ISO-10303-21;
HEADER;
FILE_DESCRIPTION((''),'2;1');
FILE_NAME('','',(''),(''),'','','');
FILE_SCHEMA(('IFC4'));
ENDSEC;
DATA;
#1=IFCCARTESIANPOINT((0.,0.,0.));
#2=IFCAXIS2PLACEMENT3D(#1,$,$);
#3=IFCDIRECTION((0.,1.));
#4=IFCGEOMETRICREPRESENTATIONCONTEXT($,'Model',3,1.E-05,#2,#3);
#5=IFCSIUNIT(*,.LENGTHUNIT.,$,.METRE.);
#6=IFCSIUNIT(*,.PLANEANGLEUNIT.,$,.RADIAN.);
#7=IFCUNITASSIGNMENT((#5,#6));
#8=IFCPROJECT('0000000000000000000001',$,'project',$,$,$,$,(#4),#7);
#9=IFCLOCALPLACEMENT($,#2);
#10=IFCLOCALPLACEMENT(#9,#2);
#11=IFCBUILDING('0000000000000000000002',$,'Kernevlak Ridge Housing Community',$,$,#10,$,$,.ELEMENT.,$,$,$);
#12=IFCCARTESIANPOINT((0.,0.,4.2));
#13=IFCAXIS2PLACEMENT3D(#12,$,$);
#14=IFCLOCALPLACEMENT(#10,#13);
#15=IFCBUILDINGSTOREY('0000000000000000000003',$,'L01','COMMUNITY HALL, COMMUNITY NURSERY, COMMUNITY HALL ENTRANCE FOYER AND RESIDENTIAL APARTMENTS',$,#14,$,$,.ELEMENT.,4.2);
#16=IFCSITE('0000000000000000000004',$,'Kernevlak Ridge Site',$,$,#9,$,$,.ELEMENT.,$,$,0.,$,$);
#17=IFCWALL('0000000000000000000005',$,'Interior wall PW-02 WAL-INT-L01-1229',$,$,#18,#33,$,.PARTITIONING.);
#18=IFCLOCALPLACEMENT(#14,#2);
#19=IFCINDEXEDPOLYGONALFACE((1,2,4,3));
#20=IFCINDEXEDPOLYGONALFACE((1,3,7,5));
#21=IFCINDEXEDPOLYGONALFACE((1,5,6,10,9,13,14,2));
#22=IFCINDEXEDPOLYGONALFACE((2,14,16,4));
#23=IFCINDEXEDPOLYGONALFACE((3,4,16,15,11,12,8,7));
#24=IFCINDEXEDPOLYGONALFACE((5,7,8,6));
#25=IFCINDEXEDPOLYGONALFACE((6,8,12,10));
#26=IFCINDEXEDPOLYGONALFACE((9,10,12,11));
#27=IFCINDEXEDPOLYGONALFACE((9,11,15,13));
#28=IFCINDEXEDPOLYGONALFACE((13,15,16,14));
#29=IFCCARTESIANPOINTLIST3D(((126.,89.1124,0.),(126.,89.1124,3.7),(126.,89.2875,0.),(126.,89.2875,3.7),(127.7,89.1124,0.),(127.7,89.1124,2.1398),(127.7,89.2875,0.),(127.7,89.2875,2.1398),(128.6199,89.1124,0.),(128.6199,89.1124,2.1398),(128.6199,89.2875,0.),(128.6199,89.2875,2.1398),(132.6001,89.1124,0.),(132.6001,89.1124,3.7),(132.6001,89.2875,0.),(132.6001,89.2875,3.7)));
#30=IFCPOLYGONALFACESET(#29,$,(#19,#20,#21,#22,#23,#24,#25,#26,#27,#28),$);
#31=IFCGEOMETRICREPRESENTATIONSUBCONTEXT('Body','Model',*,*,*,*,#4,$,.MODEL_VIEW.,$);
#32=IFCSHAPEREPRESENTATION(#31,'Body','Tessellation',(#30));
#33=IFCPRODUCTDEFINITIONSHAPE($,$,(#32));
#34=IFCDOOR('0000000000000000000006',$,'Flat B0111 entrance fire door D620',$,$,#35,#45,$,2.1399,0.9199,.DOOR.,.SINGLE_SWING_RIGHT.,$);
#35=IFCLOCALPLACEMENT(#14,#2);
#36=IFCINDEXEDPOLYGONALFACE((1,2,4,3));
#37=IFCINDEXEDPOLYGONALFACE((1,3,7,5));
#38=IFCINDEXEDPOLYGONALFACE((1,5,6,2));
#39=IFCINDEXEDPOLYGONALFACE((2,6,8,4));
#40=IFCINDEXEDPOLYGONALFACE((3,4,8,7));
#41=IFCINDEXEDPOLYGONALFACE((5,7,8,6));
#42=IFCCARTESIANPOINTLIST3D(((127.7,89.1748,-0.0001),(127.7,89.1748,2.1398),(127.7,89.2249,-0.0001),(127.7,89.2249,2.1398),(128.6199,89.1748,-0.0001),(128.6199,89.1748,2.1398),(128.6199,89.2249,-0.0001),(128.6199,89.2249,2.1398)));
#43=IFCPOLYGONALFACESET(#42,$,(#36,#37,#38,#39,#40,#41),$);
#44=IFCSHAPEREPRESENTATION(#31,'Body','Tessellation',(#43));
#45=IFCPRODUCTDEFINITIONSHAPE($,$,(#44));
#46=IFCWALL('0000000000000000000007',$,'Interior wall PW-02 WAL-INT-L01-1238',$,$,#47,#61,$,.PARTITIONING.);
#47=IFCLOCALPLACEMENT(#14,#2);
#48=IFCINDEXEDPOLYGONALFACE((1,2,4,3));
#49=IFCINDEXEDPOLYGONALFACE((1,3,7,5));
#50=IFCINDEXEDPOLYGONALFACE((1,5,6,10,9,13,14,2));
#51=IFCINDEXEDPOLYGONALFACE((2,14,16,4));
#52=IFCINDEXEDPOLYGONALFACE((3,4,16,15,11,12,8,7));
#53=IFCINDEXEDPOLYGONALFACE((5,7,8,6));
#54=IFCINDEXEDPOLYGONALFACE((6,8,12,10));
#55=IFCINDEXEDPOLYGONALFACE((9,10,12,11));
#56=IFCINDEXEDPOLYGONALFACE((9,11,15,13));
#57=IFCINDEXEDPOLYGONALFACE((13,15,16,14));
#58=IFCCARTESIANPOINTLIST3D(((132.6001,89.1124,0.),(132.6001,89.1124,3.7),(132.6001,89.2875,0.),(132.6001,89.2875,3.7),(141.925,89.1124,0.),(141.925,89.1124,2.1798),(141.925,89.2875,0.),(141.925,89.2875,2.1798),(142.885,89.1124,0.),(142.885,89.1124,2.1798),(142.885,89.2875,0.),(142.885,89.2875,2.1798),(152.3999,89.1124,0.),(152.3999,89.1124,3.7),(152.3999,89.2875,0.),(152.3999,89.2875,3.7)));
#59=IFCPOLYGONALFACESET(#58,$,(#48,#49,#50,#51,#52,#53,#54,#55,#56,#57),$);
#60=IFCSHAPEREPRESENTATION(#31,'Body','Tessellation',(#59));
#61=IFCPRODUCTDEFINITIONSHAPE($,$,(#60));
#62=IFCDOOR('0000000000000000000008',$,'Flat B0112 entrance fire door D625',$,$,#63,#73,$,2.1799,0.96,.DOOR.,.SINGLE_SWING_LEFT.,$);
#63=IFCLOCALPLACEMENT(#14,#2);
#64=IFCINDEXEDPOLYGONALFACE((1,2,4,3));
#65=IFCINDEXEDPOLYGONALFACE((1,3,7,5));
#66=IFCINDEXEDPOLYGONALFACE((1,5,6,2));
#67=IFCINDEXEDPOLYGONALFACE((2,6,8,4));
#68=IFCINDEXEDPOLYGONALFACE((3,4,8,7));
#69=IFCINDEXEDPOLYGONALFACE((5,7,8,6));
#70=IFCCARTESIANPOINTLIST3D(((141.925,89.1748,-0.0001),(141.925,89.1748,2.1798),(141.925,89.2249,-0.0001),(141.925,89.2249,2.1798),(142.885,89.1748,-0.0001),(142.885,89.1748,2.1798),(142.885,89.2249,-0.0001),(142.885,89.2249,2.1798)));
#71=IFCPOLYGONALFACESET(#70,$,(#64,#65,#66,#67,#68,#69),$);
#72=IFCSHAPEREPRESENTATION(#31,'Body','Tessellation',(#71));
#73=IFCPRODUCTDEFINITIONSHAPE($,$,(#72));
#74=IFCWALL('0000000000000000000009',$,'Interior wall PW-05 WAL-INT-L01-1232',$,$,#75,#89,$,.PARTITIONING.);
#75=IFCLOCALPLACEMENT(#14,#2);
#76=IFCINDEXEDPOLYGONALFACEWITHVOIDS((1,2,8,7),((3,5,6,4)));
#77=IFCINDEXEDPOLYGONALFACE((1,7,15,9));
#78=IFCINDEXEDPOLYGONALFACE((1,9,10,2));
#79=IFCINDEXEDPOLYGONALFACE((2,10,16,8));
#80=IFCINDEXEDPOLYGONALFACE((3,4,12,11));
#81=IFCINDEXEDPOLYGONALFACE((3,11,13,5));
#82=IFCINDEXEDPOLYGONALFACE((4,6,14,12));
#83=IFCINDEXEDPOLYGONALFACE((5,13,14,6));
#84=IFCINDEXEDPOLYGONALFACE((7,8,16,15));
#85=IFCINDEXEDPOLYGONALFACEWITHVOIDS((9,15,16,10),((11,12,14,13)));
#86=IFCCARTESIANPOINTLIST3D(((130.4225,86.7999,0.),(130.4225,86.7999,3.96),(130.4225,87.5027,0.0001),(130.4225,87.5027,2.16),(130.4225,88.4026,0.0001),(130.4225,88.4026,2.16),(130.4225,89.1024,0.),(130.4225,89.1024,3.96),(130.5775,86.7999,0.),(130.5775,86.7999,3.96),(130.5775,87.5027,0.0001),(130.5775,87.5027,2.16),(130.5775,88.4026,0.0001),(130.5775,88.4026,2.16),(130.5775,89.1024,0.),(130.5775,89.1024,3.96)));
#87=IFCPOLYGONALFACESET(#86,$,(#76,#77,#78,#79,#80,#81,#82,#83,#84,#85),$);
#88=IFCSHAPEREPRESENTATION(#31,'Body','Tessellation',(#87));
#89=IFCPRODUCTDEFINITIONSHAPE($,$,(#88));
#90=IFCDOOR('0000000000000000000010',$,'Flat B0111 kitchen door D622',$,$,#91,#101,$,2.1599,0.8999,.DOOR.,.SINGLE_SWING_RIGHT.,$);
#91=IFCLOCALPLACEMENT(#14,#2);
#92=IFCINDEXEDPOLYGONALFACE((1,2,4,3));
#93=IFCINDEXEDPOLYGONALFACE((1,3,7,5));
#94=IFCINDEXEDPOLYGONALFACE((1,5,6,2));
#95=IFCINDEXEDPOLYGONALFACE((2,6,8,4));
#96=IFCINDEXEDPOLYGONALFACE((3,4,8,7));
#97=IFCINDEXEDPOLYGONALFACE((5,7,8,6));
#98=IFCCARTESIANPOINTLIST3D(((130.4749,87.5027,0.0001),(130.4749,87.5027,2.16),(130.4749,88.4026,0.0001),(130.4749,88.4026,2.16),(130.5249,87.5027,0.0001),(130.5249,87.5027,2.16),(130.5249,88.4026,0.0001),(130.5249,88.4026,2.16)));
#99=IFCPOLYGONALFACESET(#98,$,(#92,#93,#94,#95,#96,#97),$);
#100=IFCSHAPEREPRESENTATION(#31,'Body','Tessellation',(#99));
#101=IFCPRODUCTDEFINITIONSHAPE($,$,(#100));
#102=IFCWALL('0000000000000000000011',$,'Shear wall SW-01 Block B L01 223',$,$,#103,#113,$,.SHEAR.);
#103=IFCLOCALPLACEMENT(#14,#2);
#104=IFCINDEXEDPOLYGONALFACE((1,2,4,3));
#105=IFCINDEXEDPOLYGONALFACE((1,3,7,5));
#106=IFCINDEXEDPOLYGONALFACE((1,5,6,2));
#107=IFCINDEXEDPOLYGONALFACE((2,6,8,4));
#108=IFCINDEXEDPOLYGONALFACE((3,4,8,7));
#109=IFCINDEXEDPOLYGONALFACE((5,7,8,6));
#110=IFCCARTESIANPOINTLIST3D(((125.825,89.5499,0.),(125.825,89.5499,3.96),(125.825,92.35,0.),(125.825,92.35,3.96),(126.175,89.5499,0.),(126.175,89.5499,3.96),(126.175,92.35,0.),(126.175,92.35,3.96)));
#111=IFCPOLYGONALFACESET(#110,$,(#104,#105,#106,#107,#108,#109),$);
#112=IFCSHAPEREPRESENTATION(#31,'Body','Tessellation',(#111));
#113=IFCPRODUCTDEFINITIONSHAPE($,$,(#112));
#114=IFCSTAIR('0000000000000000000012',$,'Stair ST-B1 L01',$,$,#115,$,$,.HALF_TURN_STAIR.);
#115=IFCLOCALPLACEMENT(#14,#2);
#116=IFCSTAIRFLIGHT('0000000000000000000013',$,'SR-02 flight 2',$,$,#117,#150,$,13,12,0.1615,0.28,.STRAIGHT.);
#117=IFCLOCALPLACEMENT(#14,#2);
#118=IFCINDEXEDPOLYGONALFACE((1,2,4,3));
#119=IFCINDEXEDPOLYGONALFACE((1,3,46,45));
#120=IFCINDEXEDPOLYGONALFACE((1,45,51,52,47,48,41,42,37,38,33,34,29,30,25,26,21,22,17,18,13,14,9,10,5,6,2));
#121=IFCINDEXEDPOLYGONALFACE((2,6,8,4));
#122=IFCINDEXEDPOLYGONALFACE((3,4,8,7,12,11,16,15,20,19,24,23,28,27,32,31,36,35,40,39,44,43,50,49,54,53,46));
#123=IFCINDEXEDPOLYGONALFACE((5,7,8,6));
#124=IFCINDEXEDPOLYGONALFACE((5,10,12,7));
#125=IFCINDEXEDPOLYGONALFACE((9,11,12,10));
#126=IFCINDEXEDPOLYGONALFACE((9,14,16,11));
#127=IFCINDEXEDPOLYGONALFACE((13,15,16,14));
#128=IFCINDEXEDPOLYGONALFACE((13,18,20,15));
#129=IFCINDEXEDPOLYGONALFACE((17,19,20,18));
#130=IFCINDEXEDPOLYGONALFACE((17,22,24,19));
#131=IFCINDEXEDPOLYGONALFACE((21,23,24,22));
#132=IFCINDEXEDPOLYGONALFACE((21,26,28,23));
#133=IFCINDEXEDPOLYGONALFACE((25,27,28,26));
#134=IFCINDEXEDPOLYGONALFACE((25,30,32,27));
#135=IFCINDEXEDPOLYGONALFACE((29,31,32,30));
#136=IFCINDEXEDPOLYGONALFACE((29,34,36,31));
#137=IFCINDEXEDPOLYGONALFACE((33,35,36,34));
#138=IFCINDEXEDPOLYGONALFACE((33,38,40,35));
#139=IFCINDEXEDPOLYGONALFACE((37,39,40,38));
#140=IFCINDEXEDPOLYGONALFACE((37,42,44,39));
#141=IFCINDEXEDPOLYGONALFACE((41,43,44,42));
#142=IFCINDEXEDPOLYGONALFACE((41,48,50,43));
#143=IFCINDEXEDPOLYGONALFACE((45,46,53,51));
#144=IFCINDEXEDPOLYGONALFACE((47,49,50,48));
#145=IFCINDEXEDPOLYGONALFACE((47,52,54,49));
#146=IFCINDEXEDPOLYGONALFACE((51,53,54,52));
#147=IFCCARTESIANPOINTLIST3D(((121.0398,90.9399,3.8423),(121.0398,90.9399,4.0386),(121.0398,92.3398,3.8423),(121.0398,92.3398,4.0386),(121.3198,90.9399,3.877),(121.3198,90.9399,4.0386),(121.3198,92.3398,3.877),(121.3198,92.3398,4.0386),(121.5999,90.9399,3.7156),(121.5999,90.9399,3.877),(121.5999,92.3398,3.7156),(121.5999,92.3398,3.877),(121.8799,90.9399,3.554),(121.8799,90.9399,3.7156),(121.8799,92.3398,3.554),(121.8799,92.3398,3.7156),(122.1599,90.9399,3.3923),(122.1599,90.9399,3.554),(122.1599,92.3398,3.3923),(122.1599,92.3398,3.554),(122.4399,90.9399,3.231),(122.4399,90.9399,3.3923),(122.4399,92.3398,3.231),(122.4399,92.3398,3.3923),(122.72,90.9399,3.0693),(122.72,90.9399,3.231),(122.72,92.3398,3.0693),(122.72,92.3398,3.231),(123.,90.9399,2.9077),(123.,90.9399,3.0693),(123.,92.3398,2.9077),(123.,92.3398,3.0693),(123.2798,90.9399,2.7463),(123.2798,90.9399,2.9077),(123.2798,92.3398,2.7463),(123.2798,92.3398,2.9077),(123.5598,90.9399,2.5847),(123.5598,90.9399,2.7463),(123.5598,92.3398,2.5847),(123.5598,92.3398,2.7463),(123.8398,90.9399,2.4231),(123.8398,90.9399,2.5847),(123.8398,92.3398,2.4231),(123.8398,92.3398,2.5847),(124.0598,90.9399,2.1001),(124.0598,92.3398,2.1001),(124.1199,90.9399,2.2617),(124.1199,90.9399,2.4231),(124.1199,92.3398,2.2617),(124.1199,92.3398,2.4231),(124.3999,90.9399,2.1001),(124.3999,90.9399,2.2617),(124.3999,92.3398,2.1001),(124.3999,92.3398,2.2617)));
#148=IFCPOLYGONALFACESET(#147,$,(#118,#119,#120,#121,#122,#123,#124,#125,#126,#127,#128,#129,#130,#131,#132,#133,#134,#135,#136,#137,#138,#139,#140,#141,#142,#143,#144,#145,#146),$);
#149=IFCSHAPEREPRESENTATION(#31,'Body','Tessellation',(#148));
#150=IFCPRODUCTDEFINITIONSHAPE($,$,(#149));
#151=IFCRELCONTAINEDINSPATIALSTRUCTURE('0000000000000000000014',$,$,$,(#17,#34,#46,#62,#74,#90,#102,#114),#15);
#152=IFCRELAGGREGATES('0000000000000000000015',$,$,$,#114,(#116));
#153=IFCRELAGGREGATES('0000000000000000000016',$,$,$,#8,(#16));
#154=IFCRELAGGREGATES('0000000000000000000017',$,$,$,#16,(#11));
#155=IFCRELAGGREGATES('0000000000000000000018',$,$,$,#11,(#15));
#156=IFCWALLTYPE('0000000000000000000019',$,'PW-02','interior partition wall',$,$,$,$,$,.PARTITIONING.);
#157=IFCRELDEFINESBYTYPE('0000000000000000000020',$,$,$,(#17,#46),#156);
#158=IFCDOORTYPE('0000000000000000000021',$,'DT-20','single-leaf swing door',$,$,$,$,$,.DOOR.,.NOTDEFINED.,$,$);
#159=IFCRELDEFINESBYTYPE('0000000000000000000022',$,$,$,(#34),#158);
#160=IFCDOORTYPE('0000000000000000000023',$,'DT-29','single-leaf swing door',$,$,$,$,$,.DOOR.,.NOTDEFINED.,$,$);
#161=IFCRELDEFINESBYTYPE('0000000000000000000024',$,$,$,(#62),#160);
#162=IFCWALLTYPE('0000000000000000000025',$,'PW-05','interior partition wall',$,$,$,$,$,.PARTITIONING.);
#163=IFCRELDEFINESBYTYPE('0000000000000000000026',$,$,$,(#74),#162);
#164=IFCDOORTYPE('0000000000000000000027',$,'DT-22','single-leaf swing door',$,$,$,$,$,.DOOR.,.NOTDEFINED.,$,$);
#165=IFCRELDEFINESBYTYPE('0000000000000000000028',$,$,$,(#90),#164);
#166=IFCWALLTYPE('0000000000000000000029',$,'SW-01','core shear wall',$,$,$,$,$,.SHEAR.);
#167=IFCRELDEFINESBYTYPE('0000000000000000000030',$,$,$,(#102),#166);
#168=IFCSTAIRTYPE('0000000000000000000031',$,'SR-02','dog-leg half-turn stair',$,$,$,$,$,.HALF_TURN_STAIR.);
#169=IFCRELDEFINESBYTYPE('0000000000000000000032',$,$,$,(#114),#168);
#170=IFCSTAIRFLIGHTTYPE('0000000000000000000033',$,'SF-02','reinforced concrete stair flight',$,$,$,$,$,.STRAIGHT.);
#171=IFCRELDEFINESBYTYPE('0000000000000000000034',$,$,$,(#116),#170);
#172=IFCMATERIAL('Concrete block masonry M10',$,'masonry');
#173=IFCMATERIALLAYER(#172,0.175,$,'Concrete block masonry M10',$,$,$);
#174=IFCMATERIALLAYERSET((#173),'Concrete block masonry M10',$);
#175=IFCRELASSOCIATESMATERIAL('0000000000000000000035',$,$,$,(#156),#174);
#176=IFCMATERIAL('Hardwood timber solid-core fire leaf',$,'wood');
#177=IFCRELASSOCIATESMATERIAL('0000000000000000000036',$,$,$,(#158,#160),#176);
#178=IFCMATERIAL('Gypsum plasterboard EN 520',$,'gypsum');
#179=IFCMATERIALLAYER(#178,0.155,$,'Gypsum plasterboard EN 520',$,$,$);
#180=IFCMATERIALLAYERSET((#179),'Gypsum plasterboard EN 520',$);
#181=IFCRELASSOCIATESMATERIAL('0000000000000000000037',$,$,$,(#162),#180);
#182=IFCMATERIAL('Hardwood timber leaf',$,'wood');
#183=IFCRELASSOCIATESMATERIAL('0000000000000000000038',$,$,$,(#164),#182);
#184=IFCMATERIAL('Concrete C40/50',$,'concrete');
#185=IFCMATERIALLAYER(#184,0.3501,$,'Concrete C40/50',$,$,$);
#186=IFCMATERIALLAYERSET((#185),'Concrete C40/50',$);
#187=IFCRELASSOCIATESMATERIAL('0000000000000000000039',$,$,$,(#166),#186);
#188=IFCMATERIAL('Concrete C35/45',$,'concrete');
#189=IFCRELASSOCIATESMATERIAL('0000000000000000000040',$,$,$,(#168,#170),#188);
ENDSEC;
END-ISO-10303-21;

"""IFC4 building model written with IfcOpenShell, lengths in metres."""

from ifc_helpers import new_model, si_unit, direction, frame, frame_2d, origin, place, context, subcontext, project, spatial, polyline, rectangle, outline, extrude, material, layer, layer_set, type_object, element, fill, aggregate, save


model = new_model("IFC4")

# Units and contexts
model_context = context("Model", 3, precision=1e-05, world=origin(), true_north=direction((0.0, 1.0)))
body_context = subcontext(model_context, "Body", "Model", "MODEL_VIEW")
ifc_project = project(units=[si_unit("LENGTHUNIT", "METRE"), si_unit("PLANEANGLEUNIT", "RADIAN")], contexts=[model_context])

# Site, building, storey
site_placement = place(None, origin())
site = spatial("IfcSite", under=ifc_project, at=site_placement, Name="Kernevlak Ridge Site", CompositionType="ELEMENT", RefElevation=0.0)
building_placement = place(site_placement, origin())
building = spatial("IfcBuilding", under=site, at=building_placement, Name="Kernevlak Ridge Housing Community", CompositionType="ELEMENT")
storey_placement = place(building_placement, frame((0.0, 0.0, 4.2)))
storey = spatial("IfcBuildingStorey", under=building, at=storey_placement, Name="L01", Description="COMMUNITY HALL, COMMUNITY NURSERY, COMMUNITY HALL ENTRANCE FOYER AND RESIDENTIAL APARTMENTS", CompositionType="ELEMENT", Elevation=4.2)

# Shared definitions
ifc_material_1 = material(Name="Concrete C40/50", Category="concrete")

# Shared definitions
ifc_material_2 = material(Name="Concrete C35/45", Category="concrete")

# Shared definitions
ifc_material_3 = material(Name="Concrete block masonry M10", Category="masonry")
ifc_layer_1 = layer(ifc_material_3, 0.175, Name="Concrete block masonry M10")
ifc_layer_set_1 = layer_set([ifc_layer_1], Name="Concrete block masonry M10")
wall_type_1 = type_object("IfcWallType", Name="PW-02", Description="interior partition wall", PredefinedType="PARTITIONING", material=ifc_layer_set_1)

# Walls, openings, doors
wall_1_placement = place(storey_placement, frame((126.0, 89.2, 0.0), z_axis=(0.0, 0.0, 1.0), x_axis=(1.0, 0.0, 0.0)))
wall_1 = element("IfcWall", 1, at=wall_1_placement, inside=storey, type_object=wall_type_1, Name="Interior wall PW-02 WAL-INT-L01-1229", PredefinedType="PARTITIONING", context=body_context, shape_type="SweptSolid", body=[
    extrude(rectangle(XDim=6.6001, YDim=0.175, at=frame_2d((3.3, 0.0))), origin(), (0.0, 0.0, 1.0), 3.7),
])
opening_1_placement = place(wall_1_placement, frame((1.7, 0.0, 0.0)))
opening_1 = element("IfcOpeningElement", 2, at=opening_1_placement, cuts=wall_1, PredefinedType="OPENING", context=body_context, shape_type="SweptSolid", body=[
    extrude(rectangle(XDim=0.9199, YDim=2.1399, at=frame_2d((0.46, 1.0698))), frame((0.0, 0.0974, 0.0), z_axis=(0.0, -1.0, 0.0), x_axis=(1.0, 0.0, 0.0)), (0.0, 0.0, 1.0), 0.1951),
])
ifc_material_4 = material(Name="Hardwood timber solid-core fire leaf", Category="wood")
door_type_1 = type_object("IfcDoorType", Name="DT-20", Description="single-leaf swing door", OperationType="NOTDEFINED", PredefinedType="DOOR", material=ifc_material_4)
door_1_placement = place(opening_1_placement, origin())
door_1 = element("IfcDoor", 3, at=door_1_placement, inside=storey, type_object=door_type_1, Name="Flat B0111 entrance fire door D620", OperationType="SINGLE_SWING_RIGHT", OverallHeight=2.1399, OverallWidth=0.9199, PredefinedType="DOOR", context=body_context, shape_type="SweptSolid", body=[
    extrude(rectangle(XDim=0.9199, YDim=2.1399, at=frame_2d((0.46, 1.0698))), frame((0.0, 0.0249, 0.0), z_axis=(0.0, -1.0, 0.0), x_axis=(1.0, 0.0, 0.0)), (0.0, 0.0, 1.0), 0.05),
])
fill(opening_1, door_1)
wall_2_placement = place(storey_placement, frame((132.6001, 89.2, 0.0), z_axis=(0.0, 0.0, 1.0), x_axis=(1.0, 0.0, 0.0)))
wall_2 = element("IfcWall", 4, at=wall_2_placement, inside=storey, type_object=wall_type_1, Name="Interior wall PW-02 WAL-INT-L01-1238", PredefinedType="PARTITIONING", context=body_context, shape_type="SweptSolid", body=[
    extrude(rectangle(XDim=19.7998, YDim=0.175, at=frame_2d((9.8999, 0.0))), origin(), (0.0, 0.0, 1.0), 3.7),
])
opening_2_placement = place(wall_2_placement, frame((9.325, 0.0, 0.0)))
opening_2 = element("IfcOpeningElement", 5, at=opening_2_placement, cuts=wall_2, PredefinedType="OPENING", context=body_context, shape_type="SweptSolid", body=[
    extrude(rectangle(XDim=0.96, YDim=2.1799, at=frame_2d((0.48, 1.0898))), frame((0.0, 0.0974, 0.0), z_axis=(0.0, -1.0, 0.0), x_axis=(1.0, 0.0, 0.0)), (0.0, 0.0, 1.0), 0.1951),
])
door_type_2 = type_object("IfcDoorType", Name="DT-29", Description="single-leaf swing door", OperationType="NOTDEFINED", PredefinedType="DOOR", material=ifc_material_4)
door_2_placement = place(opening_2_placement, origin())
door_2 = element("IfcDoor", 6, at=door_2_placement, inside=storey, type_object=door_type_2, Name="Flat B0112 entrance fire door D625", OperationType="SINGLE_SWING_LEFT", OverallHeight=2.1799, OverallWidth=0.96, PredefinedType="DOOR", context=body_context, shape_type="SweptSolid", body=[
    extrude(rectangle(XDim=0.96, YDim=2.1799, at=frame_2d((0.48, 1.0898))), frame((0.0, 0.0249, 0.0), z_axis=(0.0, -1.0, 0.0), x_axis=(1.0, 0.0, 0.0)), (0.0, 0.0, 1.0), 0.05),
])
fill(opening_2, door_2)
ifc_material_5 = material(Name="Gypsum plasterboard EN 520", Category="gypsum")
ifc_layer_2 = layer(ifc_material_5, 0.155, Name="Gypsum plasterboard EN 520")
ifc_layer_set_2 = layer_set([ifc_layer_2], Name="Gypsum plasterboard EN 520")
wall_type_2 = type_object("IfcWallType", Name="PW-05", Description="interior partition wall", PredefinedType="PARTITIONING", material=ifc_layer_set_2)
wall_3_placement = place(storey_placement, frame((130.5, 89.1025, 0.0), z_axis=(0.0, 0.0, 1.0), x_axis=(0.0, -1.0, 0.0)))
wall_3 = element("IfcWall", 7, at=wall_3_placement, inside=storey, type_object=wall_type_2, Name="Interior wall PW-05 WAL-INT-L01-1232", PredefinedType="PARTITIONING", context=body_context, shape_type="SweptSolid", body=[
    extrude(rectangle(XDim=2.3025, YDim=0.155, at=frame_2d((1.1514, 0.0))), origin(), (0.0, 0.0, 1.0), 3.96),
])
opening_3_placement = place(wall_3_placement, frame((0.7, 0.0, 0.0)))
opening_3 = element("IfcOpeningElement", 8, at=opening_3_placement, cuts=wall_3, PredefinedType="OPENING", context=body_context, shape_type="SweptSolid", body=[
    extrude(rectangle(XDim=0.8999, YDim=2.1599, at=frame_2d((0.45, 1.0801))), frame((0.0, 0.0874, 0.0), z_axis=(0.0, -1.0, 0.0), x_axis=(1.0, 0.0, 0.0)), (0.0, 0.0, 1.0), 0.175),
])
ifc_material_6 = material(Name="Hardwood timber leaf", Category="wood")
door_type_3 = type_object("IfcDoorType", Name="DT-22", Description="single-leaf swing door", OperationType="NOTDEFINED", PredefinedType="DOOR", material=ifc_material_6)
door_3_placement = place(opening_3_placement, origin())
door_3 = element("IfcDoor", 9, at=door_3_placement, inside=storey, type_object=door_type_3, Name="Flat B0111 kitchen door D622", OperationType="SINGLE_SWING_RIGHT", OverallHeight=2.1599, OverallWidth=0.8999, PredefinedType="DOOR", context=body_context, shape_type="SweptSolid", body=[
    extrude(rectangle(XDim=0.8999, YDim=2.1599, at=frame_2d((0.45, 1.0801))), frame((0.0, 0.0249, 0.0), z_axis=(0.0, -1.0, 0.0), x_axis=(1.0, 0.0, 0.0)), (0.0, 0.0, 1.0), 0.05),
])
fill(opening_3, door_3)

# Wall
ifc_layer_3 = layer(ifc_material_1, 0.3501, Name="Concrete C40/50")
ifc_layer_set_3 = layer_set([ifc_layer_3], Name="Concrete C40/50")
wall_type_3 = type_object("IfcWallType", Name="SW-01", Description="core shear wall", PredefinedType="SHEAR", material=ifc_layer_set_3)
wall_4_placement = place(storey_placement, frame((126.0, 89.55, 0.0), z_axis=(0.0, 0.0, 1.0), x_axis=(0.0, 1.0, 0.0)))
element("IfcWall", 10, at=wall_4_placement, inside=storey, type_object=wall_type_3, Name="Shear wall SW-01 Block B L01 223", PredefinedType="SHEAR", context=body_context, shape_type="SweptSolid", body=[
    extrude(rectangle(XDim=2.8, YDim=0.3501, at=frame_2d((1.3999, 0.0))), origin(), (0.0, 0.0, 1.0), 3.96),
])

# Stair, stair flight
stair_type = type_object("IfcStairType", Name="SR-02", Description="dog-leg half-turn stair", PredefinedType="HALF_TURN_STAIR", material=ifc_material_2)
stair_placement = place(storey_placement, origin())
stair = element("IfcStair", 11, at=stair_placement, inside=storey, type_object=stair_type, Name="Stair ST-B1 L01", PredefinedType="HALF_TURN_STAIR")
stair_flight_type = type_object("IfcStairFlightType", Name="SF-02", Description="reinforced concrete stair flight", PredefinedType="STRAIGHT", material=ifc_material_2)
stair_flight_placement = place(storey_placement, frame((124.3999, 91.6399, 2.1001), z_axis=(0.0, 0.0, 1.0), x_axis=(-1.0, 0.0, 0.0)))
stair_flight = element("IfcStairFlight", 12, at=stair_flight_placement, type_object=stair_flight_type, Name="SR-02 flight 2", NumberOfRisers=13, NumberOfTreads=12, PredefinedType="STRAIGHT", RiserHeight=0.1615, TreadLength=0.28, context=body_context, shape_type="SweptSolid", body=[
    extrude(outline(polyline([(0.0, 0.0), (0.0, 0.1616), (0.28, 0.1616), (0.28, 0.323), (0.5601, 0.323), (0.5601, 0.4846), (0.8401, 0.4846), (0.8401, 0.6462), (1.1201, 0.6462), (1.1201, 0.8076), (1.3999, 0.8076), (1.3999, 0.9692), (1.6799, 0.9692), (1.6799, 1.1309), (1.96, 1.1309), (1.96, 1.2922), (2.24, 1.2922), (2.24, 1.4539), (2.52, 1.4539), (2.52, 1.6155), (2.8, 1.6155), (2.8, 1.7769), (3.0801, 1.7769), (3.0801, 1.9385), (3.3601, 1.9385), (3.3601, 2.1001), (3.3601, 1.7422), (0.3401, 0.0), (0.0, 0.0)])), frame((0.0, 0.7, 0.0), z_axis=(0.0, -1.0, 0.0), x_axis=(1.0, 0.0, 0.0)), (0.0, 0.0, 1.0), 1.3999),
])
aggregate(stair, [stair_flight])

save(model, "model.ifc")
